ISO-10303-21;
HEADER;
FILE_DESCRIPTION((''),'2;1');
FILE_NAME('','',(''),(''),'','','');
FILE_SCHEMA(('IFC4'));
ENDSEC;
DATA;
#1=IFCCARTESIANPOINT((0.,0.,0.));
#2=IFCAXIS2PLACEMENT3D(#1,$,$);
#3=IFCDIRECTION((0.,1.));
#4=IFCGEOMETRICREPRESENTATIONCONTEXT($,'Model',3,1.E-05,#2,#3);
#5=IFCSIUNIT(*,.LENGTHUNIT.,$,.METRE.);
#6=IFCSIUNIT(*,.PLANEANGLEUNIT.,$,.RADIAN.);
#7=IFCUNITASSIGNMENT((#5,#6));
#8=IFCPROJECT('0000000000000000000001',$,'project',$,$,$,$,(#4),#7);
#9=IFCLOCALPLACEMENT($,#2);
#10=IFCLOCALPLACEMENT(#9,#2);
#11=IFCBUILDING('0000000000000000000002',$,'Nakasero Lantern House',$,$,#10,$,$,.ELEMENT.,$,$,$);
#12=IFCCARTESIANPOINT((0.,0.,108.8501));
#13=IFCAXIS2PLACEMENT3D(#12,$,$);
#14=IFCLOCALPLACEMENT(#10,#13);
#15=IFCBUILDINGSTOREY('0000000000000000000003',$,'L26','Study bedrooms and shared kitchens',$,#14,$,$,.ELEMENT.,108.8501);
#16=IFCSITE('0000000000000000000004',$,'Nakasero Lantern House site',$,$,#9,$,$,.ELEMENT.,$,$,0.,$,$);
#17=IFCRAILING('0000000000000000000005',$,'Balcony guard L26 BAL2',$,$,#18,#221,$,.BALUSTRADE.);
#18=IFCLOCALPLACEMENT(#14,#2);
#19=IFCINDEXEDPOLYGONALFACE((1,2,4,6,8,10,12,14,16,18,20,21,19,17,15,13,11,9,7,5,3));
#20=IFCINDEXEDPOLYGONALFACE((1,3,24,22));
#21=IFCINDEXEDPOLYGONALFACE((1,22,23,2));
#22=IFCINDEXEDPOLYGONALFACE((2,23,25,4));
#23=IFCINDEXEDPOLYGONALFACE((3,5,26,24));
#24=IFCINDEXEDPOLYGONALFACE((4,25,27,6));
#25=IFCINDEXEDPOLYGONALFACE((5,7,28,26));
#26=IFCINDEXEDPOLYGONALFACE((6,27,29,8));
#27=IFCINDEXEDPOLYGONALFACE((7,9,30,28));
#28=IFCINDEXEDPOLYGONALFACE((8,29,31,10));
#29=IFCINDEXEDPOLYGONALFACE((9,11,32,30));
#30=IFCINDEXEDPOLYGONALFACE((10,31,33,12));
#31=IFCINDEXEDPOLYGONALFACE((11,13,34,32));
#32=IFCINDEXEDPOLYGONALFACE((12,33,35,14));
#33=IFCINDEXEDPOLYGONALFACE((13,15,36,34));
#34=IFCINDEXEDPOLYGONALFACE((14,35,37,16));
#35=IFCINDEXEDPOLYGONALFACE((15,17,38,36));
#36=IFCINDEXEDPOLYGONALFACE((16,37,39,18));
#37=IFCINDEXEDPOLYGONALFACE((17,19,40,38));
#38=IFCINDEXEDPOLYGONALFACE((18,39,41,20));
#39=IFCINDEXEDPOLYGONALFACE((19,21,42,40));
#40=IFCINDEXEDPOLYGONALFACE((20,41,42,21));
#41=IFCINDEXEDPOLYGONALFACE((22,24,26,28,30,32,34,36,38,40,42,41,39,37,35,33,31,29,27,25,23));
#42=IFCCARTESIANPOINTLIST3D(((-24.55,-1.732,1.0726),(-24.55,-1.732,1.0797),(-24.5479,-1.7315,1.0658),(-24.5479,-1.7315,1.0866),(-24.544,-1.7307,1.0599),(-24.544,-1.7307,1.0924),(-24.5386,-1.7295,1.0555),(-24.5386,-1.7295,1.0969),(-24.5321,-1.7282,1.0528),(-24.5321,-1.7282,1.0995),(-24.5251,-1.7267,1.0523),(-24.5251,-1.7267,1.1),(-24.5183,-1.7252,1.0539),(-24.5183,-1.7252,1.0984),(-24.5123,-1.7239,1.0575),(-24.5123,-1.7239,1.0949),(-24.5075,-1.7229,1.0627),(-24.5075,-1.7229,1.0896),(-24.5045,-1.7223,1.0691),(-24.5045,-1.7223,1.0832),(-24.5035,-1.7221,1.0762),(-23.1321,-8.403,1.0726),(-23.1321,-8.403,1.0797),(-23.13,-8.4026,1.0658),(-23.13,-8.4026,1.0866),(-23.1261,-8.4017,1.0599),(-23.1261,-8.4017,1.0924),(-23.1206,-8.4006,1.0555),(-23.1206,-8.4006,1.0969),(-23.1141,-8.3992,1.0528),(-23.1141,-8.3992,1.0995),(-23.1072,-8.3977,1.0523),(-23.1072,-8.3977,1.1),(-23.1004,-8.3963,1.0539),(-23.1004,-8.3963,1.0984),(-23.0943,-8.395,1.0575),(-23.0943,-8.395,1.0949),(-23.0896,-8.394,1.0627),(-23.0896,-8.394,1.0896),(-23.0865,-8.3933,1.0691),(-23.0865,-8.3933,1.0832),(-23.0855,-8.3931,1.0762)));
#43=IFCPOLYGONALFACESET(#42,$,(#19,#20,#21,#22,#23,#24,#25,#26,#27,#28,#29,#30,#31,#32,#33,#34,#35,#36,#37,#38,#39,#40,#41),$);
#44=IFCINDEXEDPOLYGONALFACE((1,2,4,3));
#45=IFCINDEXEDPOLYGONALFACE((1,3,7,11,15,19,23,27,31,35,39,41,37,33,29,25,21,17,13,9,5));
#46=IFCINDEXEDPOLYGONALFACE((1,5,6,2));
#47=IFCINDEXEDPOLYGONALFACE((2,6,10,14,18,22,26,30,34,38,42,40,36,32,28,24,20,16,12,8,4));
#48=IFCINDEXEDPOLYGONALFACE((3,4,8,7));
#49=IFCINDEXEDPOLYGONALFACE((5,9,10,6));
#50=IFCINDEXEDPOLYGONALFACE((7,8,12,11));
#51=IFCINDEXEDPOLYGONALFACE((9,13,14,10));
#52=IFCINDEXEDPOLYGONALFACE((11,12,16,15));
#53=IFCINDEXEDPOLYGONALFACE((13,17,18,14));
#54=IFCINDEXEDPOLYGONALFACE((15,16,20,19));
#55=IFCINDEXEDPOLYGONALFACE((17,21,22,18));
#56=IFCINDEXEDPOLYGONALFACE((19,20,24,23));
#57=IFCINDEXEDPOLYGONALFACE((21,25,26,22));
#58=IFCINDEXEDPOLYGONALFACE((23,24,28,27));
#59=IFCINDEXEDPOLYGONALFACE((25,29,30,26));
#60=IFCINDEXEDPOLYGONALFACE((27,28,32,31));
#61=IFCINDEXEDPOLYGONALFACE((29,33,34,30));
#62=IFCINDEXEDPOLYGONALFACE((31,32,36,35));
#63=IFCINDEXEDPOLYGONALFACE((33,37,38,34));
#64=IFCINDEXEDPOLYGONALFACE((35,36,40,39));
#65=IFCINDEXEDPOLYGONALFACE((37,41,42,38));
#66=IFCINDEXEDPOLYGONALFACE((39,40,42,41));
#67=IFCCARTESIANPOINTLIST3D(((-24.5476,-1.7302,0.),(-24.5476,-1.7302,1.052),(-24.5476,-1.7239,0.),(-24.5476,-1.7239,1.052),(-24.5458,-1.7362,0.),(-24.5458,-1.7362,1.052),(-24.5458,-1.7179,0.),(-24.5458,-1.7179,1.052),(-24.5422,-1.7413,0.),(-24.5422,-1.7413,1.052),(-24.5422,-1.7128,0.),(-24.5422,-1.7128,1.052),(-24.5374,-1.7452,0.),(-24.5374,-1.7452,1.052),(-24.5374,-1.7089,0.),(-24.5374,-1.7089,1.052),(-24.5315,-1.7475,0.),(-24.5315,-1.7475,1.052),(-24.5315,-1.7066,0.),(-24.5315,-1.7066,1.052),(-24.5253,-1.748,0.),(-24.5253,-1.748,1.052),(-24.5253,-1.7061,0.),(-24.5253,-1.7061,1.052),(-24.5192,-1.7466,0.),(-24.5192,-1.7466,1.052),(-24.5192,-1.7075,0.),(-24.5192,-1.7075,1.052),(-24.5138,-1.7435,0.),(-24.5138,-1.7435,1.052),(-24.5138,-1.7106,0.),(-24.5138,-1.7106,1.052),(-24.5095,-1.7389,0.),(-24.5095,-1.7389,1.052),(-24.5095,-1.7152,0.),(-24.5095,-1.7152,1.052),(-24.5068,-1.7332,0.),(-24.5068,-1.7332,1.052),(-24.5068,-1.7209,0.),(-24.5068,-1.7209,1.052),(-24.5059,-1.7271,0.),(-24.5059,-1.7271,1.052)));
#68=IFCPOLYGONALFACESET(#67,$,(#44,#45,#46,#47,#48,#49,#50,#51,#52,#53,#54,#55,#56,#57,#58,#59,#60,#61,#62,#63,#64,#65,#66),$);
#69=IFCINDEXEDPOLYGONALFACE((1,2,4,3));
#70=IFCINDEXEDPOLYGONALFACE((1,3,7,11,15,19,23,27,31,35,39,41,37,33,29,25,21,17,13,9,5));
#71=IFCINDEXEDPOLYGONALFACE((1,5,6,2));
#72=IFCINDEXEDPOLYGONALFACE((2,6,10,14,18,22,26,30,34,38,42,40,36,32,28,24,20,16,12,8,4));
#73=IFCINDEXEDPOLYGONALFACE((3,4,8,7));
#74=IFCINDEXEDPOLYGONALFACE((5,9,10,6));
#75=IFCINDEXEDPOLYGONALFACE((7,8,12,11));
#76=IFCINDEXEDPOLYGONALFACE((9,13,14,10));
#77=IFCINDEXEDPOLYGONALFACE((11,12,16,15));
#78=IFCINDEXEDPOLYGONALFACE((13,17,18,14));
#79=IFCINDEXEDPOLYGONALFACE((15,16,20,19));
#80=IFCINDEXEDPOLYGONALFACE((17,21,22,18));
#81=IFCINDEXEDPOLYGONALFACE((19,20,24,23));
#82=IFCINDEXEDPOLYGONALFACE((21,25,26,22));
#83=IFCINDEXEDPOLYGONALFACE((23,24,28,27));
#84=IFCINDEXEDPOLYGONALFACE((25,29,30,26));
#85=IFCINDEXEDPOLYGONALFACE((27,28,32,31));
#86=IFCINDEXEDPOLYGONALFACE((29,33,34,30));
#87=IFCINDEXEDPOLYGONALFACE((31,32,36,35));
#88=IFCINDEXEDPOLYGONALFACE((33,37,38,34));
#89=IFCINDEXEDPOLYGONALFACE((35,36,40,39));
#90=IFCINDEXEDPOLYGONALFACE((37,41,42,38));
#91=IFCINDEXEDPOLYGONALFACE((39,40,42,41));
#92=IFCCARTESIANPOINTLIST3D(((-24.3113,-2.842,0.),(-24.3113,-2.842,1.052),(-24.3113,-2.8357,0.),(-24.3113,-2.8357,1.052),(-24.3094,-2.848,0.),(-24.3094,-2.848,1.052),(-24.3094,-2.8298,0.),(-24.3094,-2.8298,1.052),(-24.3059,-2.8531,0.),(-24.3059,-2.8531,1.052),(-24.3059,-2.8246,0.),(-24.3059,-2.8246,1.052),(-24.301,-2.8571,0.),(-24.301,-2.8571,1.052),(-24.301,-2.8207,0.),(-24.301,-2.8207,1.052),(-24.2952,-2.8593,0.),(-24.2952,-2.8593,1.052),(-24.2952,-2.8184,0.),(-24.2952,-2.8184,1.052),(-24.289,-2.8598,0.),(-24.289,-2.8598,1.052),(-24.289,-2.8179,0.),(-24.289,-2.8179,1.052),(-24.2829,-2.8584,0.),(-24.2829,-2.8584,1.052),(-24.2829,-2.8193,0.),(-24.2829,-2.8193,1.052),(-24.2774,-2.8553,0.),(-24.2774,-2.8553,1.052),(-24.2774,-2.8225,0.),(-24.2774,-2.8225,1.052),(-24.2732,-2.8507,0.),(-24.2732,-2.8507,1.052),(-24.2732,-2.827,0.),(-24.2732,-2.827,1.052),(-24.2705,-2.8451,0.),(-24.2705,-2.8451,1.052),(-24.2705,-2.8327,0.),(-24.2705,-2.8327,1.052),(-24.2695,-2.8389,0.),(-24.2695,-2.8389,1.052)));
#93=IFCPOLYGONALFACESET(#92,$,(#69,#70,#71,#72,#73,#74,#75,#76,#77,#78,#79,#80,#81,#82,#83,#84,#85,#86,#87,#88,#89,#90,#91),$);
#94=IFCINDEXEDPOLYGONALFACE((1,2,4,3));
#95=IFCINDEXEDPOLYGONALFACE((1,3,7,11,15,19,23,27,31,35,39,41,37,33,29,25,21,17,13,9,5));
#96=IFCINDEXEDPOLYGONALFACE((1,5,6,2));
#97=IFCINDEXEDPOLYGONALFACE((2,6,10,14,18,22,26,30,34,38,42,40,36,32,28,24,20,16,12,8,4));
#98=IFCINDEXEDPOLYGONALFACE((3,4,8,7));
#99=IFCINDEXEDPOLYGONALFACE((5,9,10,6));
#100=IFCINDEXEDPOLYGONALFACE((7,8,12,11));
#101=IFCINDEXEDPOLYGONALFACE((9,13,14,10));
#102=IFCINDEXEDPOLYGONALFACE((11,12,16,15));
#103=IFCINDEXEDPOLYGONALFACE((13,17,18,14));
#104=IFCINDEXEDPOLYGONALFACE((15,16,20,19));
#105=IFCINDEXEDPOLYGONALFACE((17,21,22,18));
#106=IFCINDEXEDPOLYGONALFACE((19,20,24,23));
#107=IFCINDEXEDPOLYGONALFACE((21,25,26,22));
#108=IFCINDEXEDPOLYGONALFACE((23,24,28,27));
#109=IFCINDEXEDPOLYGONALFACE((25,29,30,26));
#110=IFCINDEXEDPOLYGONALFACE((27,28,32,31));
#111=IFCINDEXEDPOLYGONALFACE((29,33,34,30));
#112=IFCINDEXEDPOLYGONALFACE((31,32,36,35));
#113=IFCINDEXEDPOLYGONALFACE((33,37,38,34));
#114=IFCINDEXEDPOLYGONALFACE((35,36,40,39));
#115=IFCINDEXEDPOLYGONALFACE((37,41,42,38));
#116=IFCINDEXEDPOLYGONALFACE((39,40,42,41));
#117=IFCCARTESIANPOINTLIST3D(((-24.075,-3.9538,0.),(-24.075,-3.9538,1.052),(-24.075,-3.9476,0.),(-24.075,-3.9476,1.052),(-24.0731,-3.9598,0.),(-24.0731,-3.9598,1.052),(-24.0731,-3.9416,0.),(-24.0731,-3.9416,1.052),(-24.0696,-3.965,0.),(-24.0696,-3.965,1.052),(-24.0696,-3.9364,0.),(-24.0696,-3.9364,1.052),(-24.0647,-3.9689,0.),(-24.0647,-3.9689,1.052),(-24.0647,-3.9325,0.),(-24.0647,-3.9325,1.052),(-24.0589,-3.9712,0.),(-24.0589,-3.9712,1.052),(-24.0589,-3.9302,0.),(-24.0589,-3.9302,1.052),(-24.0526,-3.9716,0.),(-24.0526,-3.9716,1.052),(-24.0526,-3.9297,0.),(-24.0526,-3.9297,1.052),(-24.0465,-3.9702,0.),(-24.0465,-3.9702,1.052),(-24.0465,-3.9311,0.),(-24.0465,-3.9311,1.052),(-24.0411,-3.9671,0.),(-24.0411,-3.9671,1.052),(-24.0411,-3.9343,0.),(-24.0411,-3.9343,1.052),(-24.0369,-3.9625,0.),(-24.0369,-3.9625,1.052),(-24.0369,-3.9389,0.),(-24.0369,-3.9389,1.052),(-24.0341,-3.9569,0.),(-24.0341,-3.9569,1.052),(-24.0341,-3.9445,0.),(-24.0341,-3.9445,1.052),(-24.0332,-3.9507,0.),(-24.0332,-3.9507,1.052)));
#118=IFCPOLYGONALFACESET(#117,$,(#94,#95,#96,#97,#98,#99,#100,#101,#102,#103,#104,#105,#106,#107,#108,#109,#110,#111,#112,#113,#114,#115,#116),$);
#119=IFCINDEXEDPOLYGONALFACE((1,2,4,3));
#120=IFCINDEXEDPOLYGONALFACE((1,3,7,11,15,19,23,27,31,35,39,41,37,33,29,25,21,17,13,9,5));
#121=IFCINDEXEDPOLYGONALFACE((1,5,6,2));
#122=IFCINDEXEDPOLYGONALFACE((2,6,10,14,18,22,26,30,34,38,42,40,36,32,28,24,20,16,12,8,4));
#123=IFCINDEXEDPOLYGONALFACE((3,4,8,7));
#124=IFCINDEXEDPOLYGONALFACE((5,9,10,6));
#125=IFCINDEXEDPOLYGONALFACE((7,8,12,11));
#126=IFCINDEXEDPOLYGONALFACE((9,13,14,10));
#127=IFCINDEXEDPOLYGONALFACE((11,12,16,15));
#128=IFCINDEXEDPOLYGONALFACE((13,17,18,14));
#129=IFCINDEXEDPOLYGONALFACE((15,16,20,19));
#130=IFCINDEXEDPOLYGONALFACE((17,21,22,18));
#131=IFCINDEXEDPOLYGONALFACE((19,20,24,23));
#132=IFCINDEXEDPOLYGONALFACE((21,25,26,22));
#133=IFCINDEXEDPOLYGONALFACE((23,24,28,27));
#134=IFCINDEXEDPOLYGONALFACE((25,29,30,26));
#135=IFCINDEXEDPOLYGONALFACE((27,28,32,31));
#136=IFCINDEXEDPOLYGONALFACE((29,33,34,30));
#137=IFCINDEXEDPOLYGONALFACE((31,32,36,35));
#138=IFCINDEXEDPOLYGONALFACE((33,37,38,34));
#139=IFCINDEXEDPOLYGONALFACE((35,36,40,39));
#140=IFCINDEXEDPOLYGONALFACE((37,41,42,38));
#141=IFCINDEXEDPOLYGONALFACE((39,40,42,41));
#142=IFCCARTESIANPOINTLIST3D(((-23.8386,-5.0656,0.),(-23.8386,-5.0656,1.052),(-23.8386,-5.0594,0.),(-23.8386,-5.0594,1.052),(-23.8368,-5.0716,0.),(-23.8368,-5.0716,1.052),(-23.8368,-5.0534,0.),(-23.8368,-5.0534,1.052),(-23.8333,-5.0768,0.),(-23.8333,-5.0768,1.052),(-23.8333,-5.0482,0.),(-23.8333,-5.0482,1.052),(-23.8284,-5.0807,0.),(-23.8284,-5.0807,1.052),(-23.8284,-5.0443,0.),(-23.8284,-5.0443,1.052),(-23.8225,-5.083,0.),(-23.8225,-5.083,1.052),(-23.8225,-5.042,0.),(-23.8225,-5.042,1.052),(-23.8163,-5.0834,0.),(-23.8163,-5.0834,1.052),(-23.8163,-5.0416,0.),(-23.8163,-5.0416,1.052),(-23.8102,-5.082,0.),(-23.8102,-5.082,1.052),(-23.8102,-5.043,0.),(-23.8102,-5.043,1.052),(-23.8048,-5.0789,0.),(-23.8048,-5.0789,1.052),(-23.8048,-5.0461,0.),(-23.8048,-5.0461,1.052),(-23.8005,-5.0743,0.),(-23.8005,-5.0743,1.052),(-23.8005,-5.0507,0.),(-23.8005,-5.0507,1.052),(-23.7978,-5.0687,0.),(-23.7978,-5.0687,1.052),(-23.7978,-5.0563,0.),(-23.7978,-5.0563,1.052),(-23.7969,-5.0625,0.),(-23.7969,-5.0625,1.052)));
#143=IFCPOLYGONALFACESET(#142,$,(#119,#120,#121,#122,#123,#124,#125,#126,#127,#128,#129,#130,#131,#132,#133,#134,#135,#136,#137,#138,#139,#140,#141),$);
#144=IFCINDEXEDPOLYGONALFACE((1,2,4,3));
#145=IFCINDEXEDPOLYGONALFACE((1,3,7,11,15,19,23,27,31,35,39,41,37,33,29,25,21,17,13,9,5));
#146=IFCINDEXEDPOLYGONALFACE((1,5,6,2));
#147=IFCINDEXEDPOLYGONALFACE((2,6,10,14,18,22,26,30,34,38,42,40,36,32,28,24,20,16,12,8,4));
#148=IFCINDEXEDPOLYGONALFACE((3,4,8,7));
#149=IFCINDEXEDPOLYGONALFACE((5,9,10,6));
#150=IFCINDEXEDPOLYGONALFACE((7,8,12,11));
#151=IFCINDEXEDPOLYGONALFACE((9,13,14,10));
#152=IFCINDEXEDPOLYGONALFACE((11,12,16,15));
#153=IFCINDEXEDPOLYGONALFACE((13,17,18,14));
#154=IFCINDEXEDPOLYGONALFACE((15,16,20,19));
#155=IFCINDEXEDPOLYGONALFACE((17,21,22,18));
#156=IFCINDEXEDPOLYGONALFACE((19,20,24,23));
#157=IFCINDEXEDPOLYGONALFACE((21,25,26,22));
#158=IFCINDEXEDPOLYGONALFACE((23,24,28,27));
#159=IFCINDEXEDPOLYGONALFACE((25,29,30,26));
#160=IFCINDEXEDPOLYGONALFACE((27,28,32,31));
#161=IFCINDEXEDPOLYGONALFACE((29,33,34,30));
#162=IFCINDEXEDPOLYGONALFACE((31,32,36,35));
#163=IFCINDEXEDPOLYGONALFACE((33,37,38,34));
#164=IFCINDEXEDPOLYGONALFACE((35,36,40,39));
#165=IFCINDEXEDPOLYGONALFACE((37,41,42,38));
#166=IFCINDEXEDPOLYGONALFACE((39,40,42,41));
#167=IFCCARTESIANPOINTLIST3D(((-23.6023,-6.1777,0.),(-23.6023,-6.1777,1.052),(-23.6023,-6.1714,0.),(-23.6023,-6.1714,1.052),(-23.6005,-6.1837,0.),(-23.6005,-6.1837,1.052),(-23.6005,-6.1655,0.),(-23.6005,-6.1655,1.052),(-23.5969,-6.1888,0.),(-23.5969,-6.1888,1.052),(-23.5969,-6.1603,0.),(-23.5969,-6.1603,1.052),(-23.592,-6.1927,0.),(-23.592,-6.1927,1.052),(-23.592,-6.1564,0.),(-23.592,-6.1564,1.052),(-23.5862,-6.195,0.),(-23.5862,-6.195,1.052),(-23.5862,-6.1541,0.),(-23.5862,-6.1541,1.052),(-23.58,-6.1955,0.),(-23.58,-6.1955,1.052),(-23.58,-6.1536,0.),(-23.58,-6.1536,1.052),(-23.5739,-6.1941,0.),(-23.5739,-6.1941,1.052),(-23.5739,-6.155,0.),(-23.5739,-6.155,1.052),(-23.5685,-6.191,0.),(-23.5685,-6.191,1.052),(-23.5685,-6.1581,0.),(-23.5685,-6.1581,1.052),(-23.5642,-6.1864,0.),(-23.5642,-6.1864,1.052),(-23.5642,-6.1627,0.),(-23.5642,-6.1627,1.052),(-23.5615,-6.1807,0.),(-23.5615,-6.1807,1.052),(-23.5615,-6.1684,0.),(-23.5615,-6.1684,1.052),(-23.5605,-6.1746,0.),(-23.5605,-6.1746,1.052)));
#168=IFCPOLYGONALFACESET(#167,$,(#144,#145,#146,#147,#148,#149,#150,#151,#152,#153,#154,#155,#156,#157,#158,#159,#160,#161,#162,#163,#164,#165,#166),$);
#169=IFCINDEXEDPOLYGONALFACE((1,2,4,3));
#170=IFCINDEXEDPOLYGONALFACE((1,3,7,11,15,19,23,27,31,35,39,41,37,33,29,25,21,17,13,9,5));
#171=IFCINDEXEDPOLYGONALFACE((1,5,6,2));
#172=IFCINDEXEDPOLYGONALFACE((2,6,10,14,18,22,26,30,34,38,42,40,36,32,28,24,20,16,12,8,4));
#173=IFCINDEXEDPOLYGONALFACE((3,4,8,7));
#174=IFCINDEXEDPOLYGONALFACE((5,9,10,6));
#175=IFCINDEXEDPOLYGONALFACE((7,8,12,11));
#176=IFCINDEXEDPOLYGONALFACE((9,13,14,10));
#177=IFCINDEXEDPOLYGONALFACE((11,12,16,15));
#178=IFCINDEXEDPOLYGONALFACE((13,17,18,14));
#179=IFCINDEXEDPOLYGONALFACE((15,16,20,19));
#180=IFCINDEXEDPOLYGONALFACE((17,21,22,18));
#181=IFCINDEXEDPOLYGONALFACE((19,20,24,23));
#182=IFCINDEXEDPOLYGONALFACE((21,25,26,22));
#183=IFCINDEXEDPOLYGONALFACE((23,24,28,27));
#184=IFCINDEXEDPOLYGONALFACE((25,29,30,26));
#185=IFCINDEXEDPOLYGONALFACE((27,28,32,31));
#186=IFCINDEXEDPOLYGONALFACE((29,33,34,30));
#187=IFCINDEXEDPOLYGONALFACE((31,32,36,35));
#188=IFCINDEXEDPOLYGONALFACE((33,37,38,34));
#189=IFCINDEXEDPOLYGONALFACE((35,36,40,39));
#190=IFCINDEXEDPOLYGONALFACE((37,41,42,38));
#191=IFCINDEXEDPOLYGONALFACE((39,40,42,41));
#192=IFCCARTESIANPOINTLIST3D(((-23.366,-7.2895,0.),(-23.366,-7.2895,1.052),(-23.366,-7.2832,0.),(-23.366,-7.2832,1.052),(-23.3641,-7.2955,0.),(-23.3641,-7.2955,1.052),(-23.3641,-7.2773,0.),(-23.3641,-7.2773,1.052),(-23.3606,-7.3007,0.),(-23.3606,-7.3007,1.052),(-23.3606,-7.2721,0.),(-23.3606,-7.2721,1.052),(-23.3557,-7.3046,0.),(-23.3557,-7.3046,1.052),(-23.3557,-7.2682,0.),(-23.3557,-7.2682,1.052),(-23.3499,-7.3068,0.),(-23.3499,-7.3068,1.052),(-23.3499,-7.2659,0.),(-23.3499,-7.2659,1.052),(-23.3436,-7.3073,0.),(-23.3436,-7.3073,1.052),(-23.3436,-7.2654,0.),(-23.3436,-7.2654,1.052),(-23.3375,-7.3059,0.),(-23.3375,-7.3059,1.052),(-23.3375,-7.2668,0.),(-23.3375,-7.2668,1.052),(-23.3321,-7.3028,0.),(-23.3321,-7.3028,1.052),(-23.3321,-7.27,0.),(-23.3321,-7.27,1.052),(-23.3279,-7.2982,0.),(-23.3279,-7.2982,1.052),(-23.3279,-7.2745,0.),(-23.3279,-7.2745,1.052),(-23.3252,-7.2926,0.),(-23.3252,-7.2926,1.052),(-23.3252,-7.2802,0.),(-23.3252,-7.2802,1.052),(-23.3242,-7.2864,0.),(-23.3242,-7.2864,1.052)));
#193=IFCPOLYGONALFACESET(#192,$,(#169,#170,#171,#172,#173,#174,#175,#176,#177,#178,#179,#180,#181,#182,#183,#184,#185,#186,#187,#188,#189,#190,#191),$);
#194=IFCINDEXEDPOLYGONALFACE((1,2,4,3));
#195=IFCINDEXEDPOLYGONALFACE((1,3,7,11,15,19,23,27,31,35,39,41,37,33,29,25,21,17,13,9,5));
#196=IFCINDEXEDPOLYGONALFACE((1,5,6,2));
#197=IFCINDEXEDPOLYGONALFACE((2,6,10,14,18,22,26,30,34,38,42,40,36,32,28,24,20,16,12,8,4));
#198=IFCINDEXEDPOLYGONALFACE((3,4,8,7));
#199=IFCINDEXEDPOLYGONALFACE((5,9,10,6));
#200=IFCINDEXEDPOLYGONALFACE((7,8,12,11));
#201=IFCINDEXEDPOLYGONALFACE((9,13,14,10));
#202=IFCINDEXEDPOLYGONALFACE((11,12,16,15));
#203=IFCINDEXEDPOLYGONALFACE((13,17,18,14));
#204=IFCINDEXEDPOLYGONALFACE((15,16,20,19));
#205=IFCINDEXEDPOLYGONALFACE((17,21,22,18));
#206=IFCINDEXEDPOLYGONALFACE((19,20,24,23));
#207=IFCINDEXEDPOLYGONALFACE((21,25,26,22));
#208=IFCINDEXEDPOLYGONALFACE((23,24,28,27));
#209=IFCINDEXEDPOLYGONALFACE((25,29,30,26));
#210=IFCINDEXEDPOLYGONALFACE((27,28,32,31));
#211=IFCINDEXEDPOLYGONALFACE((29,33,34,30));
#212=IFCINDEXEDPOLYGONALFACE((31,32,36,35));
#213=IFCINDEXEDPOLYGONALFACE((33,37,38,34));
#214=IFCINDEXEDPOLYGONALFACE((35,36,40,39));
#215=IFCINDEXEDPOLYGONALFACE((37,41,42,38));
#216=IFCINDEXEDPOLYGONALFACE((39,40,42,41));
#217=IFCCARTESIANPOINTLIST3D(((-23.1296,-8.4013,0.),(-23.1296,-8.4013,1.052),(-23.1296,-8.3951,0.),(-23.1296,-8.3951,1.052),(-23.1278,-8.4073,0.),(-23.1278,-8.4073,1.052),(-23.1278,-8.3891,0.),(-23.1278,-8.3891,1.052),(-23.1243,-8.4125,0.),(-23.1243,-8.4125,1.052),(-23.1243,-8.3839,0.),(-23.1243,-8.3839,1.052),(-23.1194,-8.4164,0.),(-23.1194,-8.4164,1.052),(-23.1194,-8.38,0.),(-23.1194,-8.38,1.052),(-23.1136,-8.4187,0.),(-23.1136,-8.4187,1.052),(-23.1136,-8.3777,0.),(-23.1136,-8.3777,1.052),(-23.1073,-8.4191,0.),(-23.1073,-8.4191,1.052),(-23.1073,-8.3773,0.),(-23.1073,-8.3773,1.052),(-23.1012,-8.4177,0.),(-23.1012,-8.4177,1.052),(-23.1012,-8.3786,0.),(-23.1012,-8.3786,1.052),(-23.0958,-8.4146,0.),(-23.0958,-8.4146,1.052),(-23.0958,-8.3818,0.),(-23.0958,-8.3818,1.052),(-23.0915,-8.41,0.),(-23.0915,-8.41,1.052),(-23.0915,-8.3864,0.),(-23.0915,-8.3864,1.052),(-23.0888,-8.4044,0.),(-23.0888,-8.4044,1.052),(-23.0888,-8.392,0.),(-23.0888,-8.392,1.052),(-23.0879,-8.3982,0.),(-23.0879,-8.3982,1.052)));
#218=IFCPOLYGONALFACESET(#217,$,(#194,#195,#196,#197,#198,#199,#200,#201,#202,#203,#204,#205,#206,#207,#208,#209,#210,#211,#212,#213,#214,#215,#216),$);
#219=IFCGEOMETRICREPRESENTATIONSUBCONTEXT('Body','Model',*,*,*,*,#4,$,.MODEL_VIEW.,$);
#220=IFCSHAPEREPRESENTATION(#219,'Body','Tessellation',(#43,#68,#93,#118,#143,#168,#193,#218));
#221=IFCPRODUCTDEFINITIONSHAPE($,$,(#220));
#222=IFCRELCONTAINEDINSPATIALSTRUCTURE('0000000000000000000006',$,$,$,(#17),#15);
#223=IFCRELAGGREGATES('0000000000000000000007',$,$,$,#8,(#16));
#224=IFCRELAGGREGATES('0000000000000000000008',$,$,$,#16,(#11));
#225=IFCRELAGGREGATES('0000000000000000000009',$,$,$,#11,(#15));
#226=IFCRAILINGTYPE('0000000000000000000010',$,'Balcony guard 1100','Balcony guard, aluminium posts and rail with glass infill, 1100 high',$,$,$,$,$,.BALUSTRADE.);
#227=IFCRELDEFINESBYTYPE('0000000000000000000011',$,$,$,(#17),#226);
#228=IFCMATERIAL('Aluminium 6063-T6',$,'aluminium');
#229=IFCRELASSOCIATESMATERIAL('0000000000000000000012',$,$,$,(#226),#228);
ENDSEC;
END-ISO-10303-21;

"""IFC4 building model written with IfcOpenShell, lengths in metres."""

from ifc_helpers import new_model, si_unit, direction, frame, origin, origin_2d, place, context, subcontext, project, spatial, circle, extrude, material, type_object, element, save


model = new_model("IFC4")

# Units and contexts
model_context = context("Model", 3, precision=1e-05, world=origin(), true_north=direction((0.0, 1.0)))
body_context = subcontext(model_context, "Body", "Model", "MODEL_VIEW")
ifc_project = project(units=[si_unit("LENGTHUNIT", "METRE"), si_unit("PLANEANGLEUNIT", "RADIAN")], contexts=[model_context])

# Site, building, storey
site_placement = place(None, origin())
site = spatial("IfcSite", under=ifc_project, at=site_placement, Name="Nakasero Lantern House site", CompositionType="ELEMENT", RefElevation=0.0)
building_placement = place(site_placement, origin())
building = spatial("IfcBuilding", under=site, at=building_placement, Name="Nakasero Lantern House", CompositionType="ELEMENT")
storey_placement = place(building_placement, frame((0.0, 0.0, 108.8501)))
storey = spatial("IfcBuildingStorey", under=building, at=storey_placement, Name="L26", Description="Study bedrooms and shared kitchens", CompositionType="ELEMENT", Elevation=108.8501)

# Railing
ifc_material_1 = material(Name="Aluminium 6063-T6", Category="aluminium")
railing_type = type_object("IfcRailingType", Name="Balcony guard 1100", Description="Balcony guard, aluminium posts and rail with glass infill, 1100 high", PredefinedType="BALUSTRADE", material=ifc_material_1)
railing_placement = place(storey_placement, frame((-24.5269, -1.7271, 0.0)))
element("IfcRailing", 1, at=railing_placement, inside=storey, type_object=railing_type, Name="Balcony guard L26 BAL2", PredefinedType="BALUSTRADE", context=body_context, shape_type="SweptSolid", body=[
    extrude(circle(Radius=0.0239, at=origin_2d()), frame((0.0, 0.0, 1.0762), z_axis=(0.207908, -0.978148, 0.0), x_axis=(0.978148, 0.207908, 0.0)), (0.0, 0.0, 1.0), 6.8201),
    extrude(circle(Radius=0.021, at=origin_2d()), origin(), (0.0, 0.0, 1.0), 1.052),
    extrude(circle(Radius=0.021, at=origin_2d()), frame((0.2363, -1.1118, 0.0)), (0.0, 0.0, 1.0), 1.052),
    extrude(circle(Radius=0.021, at=origin_2d()), frame((0.4727, -2.2236, 0.0)), (0.0, 0.0, 1.0), 1.052),
    extrude(circle(Radius=0.021, at=origin_2d()), frame((0.709, -3.3354, 0.0)), (0.0, 0.0, 1.0), 1.052),
    extrude(circle(Radius=0.021, at=origin_2d()), frame((0.9453, -4.4475, 0.0)), (0.0, 0.0, 1.0), 1.052),
    extrude(circle(Radius=0.021, at=origin_2d()), frame((1.1816, -5.5593, 0.0)), (0.0, 0.0, 1.0), 1.052),
    extrude(circle(Radius=0.021, at=origin_2d()), frame((1.418, -6.6711, 0.0)), (0.0, 0.0, 1.0), 1.052),
])

save(model, "model.ifc")
